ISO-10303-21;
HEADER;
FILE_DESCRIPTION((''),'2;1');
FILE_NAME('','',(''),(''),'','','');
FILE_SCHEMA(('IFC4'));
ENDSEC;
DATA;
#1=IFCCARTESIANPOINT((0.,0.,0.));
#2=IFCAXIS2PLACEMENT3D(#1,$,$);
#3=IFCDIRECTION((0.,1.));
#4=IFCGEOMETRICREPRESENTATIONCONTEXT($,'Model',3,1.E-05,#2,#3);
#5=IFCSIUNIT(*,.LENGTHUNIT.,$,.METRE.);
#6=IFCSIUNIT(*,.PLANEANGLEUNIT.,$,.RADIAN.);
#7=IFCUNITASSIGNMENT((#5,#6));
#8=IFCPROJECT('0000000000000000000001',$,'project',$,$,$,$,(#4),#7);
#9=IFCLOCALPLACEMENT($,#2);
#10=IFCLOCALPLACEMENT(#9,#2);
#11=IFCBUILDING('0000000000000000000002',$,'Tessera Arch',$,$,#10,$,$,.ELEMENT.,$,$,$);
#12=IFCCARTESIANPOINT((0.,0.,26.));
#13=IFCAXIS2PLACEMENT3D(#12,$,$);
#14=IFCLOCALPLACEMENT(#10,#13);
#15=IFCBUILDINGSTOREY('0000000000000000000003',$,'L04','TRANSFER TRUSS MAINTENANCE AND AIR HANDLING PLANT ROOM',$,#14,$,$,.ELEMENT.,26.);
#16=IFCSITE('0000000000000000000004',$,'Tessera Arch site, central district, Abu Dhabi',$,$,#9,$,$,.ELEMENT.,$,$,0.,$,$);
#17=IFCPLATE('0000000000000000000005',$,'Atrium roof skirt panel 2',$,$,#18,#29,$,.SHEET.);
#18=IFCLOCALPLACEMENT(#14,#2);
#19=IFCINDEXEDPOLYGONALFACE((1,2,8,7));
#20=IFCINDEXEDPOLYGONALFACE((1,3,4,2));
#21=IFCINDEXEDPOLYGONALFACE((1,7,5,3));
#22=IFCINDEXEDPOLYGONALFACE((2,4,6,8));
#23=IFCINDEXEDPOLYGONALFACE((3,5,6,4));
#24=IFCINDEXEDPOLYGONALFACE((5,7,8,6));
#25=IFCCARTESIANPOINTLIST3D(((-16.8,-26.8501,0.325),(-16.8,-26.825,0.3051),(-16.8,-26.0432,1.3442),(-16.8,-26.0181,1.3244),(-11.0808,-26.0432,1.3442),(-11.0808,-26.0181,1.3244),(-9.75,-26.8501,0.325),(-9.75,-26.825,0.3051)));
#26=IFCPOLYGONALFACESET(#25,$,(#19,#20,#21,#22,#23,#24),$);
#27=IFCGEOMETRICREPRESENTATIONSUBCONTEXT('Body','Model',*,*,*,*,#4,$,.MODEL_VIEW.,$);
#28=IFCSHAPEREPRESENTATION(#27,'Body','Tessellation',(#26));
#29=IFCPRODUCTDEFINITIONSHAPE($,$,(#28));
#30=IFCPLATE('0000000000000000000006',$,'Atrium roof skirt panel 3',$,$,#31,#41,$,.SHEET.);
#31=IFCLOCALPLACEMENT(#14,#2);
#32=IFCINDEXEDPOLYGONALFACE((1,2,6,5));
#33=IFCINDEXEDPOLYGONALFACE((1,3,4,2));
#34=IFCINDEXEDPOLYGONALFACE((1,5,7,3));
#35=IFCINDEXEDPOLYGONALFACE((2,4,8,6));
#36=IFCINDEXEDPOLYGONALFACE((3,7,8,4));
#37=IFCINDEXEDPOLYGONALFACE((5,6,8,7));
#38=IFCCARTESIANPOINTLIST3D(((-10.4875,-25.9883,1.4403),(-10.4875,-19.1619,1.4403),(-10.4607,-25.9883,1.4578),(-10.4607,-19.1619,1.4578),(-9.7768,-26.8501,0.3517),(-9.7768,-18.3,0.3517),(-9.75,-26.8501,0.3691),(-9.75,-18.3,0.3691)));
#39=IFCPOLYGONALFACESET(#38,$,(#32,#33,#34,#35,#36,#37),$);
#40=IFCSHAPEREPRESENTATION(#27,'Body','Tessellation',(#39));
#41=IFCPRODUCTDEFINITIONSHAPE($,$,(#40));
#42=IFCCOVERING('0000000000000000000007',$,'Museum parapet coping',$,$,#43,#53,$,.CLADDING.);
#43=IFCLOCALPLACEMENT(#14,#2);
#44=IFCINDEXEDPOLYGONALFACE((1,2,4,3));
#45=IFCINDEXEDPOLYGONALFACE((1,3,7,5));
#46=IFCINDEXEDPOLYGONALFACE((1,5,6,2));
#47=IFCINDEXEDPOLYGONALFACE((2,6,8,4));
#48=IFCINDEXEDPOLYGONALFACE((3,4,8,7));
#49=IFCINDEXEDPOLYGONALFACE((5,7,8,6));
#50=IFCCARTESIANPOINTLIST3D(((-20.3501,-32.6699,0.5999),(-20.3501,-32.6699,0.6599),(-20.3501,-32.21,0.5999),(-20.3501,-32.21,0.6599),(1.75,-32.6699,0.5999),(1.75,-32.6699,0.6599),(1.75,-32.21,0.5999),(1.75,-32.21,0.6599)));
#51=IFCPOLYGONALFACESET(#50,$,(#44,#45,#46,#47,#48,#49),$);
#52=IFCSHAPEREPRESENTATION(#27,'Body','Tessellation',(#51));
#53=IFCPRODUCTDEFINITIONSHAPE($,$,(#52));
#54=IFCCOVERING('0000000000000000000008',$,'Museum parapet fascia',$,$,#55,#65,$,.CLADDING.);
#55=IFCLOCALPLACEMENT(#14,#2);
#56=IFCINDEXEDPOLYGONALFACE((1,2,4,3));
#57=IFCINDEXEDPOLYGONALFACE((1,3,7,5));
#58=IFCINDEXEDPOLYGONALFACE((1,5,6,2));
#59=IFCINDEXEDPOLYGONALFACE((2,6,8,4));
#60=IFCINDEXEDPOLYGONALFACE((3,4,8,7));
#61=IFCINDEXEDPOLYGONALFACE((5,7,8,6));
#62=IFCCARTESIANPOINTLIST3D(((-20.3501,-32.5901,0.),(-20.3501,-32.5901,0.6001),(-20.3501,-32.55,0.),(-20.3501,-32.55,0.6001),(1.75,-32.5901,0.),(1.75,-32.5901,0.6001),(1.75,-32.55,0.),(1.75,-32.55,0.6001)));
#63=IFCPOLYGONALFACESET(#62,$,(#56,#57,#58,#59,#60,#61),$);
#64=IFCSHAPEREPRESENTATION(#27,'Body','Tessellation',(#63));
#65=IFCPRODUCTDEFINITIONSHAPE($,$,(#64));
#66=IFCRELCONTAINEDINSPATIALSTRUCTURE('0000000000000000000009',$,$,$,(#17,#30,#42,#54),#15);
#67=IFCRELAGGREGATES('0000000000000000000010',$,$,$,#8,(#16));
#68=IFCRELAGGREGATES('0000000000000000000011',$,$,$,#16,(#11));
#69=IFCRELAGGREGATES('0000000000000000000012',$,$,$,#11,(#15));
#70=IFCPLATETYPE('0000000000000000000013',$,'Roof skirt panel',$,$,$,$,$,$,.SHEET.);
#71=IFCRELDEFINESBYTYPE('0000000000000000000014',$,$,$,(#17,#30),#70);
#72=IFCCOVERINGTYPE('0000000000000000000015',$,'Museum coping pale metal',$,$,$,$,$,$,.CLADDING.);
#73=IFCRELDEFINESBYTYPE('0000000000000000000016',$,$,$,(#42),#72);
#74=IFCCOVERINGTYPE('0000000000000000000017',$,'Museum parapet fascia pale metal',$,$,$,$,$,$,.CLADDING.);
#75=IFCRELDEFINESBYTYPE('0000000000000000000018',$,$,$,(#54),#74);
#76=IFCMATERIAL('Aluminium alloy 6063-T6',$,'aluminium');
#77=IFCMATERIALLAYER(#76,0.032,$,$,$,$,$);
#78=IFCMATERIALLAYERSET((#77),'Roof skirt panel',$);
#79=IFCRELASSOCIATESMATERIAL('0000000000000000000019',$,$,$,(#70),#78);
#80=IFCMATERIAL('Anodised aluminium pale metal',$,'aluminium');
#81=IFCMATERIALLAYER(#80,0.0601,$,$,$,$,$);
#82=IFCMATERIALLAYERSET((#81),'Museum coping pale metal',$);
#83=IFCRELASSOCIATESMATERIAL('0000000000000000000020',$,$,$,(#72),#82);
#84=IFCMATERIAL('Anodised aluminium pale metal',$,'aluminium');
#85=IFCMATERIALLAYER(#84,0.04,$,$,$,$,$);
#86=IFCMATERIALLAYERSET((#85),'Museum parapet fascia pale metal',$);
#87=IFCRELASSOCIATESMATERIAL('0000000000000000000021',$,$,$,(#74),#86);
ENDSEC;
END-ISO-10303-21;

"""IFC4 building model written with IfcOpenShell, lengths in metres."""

from ifc_helpers import new_model, si_unit, direction, frame, origin, origin_2d, place, context, subcontext, project, spatial, polyline, rectangle, outline, extrude, material, layer, layer_set, type_object, element, save


model = new_model("IFC4")

# Units and contexts
model_context = context("Model", 3, precision=1e-05, world=origin(), true_north=direction((0.0, 1.0)))
body_context = subcontext(model_context, "Body", "Model", "MODEL_VIEW")
ifc_project = project(units=[si_unit("LENGTHUNIT", "METRE"), si_unit("PLANEANGLEUNIT", "RADIAN")], contexts=[model_context])

# Site, building, storey
site_placement = place(None, origin())
site = spatial("IfcSite", under=ifc_project, at=site_placement, Name="Tessera Arch site, central district, Abu Dhabi", CompositionType="ELEMENT", RefElevation=0.0)
building_placement = place(site_placement, origin())
building = spatial("IfcBuilding", under=site, at=building_placement, Name="Tessera Arch", CompositionType="ELEMENT")
storey_placement = place(building_placement, frame((0.0, 0.0, 26.0)))
storey = spatial("IfcBuildingStorey", under=building, at=storey_placement, Name="L04", Description="TRANSFER TRUSS MAINTENANCE AND AIR HANDLING PLANT ROOM", CompositionType="ELEMENT", Elevation=26.0)

# Plates
ifc_material_1 = material(Name="Aluminium alloy 6063-T6", Category="aluminium")
ifc_layer_1 = layer(ifc_material_1, 0.032)
ifc_layer_set_1 = layer_set([ifc_layer_1], Name="Roof skirt panel")
plate_type_1 = type_object("IfcPlateType", Name="Roof skirt panel", PredefinedType="SHEET", material=ifc_layer_set_1)
plate_1_placement = place(storey_placement, frame((-16.8, -26.8501, 0.325), z_axis=(0.0, -0.784065, 0.620679), x_axis=(1.0, 0.0, 0.0)))
element("IfcPlate", 1, at=plate_1_placement, inside=storey, type_object=plate_type_1, Name="Atrium roof skirt panel 2", PredefinedType="SHEET", context=body_context, shape_type="SweptSolid", body=[
    extrude(outline(polyline([(0.0, 0.0), (7.05, 0.0), (5.7192, 1.3), (0.0, 1.3), (0.0, 0.0)])), origin(), (0.0, 0.0, -1.0), 0.032),
])
plate_2_placement = place(storey_placement, frame((-9.75, -26.8501, 0.3691), z_axis=(0.837356, 0.0, 0.546657), x_axis=(0.0, 1.0, 0.0)))
element("IfcPlate", 2, at=plate_2_placement, inside=storey, type_object=plate_type_1, Name="Atrium roof skirt panel 3", PredefinedType="SHEET", context=body_context, shape_type="SweptSolid", body=[
    extrude(outline(polyline([(0.0, 0.0), (8.55, 0.0), (7.6882, 1.3001), (0.8618, 1.3001), (0.0, 0.0)])), origin(), (0.0, 0.0, -1.0), 0.032),
])

# Coverings
ifc_material_2 = material(Name="Anodised aluminium pale metal", Category="aluminium")
ifc_layer_2 = layer(ifc_material_2, 0.0601)
ifc_layer_set_2 = layer_set([ifc_layer_2], Name="Museum coping pale metal")
covering_type_1 = type_object("IfcCoveringType", Name="Museum coping pale metal", PredefinedType="CLADDING", material=ifc_layer_set_2)
covering_1_placement = place(storey_placement, frame((-9.3, -32.4399, 0.5999), z_axis=(0.0, 0.0, 1.0), x_axis=(1.0, 0.0, 0.0)))
element("IfcCovering", 3, at=covering_1_placement, inside=storey, type_object=covering_type_1, Name="Museum parapet coping", PredefinedType="CLADDING", context=body_context, shape_type="SweptSolid", body=[
    extrude(rectangle(XDim=22.1001, YDim=0.46, at=origin_2d()), origin(), (0.0, 0.0, 1.0), 0.0601),
])
ifc_material_3 = material(Name="Anodised aluminium pale metal", Category="aluminium")
ifc_layer_3 = layer(ifc_material_3, 0.04)
ifc_layer_set_3 = layer_set([ifc_layer_3], Name="Museum parapet fascia pale metal")
covering_type_2 = type_object("IfcCoveringType", Name="Museum parapet fascia pale metal", PredefinedType="CLADDING", material=ifc_layer_set_3)
covering_2_placement = place(storey_placement, frame((-9.3, -32.5701, 0.0), z_axis=(0.0, 0.0, 1.0), x_axis=(1.0, 0.0, 0.0)))
element("IfcCovering", 4, at=covering_2_placement, inside=storey, type_object=covering_type_2, Name="Museum parapet fascia", PredefinedType="CLADDING", context=body_context, shape_type="SweptSolid", body=[
    extrude(rectangle(XDim=22.1001, YDim=0.04, at=origin_2d()), origin(), (0.0, 0.0, 1.0), 0.6001),
])

save(model, "model.ifc")
